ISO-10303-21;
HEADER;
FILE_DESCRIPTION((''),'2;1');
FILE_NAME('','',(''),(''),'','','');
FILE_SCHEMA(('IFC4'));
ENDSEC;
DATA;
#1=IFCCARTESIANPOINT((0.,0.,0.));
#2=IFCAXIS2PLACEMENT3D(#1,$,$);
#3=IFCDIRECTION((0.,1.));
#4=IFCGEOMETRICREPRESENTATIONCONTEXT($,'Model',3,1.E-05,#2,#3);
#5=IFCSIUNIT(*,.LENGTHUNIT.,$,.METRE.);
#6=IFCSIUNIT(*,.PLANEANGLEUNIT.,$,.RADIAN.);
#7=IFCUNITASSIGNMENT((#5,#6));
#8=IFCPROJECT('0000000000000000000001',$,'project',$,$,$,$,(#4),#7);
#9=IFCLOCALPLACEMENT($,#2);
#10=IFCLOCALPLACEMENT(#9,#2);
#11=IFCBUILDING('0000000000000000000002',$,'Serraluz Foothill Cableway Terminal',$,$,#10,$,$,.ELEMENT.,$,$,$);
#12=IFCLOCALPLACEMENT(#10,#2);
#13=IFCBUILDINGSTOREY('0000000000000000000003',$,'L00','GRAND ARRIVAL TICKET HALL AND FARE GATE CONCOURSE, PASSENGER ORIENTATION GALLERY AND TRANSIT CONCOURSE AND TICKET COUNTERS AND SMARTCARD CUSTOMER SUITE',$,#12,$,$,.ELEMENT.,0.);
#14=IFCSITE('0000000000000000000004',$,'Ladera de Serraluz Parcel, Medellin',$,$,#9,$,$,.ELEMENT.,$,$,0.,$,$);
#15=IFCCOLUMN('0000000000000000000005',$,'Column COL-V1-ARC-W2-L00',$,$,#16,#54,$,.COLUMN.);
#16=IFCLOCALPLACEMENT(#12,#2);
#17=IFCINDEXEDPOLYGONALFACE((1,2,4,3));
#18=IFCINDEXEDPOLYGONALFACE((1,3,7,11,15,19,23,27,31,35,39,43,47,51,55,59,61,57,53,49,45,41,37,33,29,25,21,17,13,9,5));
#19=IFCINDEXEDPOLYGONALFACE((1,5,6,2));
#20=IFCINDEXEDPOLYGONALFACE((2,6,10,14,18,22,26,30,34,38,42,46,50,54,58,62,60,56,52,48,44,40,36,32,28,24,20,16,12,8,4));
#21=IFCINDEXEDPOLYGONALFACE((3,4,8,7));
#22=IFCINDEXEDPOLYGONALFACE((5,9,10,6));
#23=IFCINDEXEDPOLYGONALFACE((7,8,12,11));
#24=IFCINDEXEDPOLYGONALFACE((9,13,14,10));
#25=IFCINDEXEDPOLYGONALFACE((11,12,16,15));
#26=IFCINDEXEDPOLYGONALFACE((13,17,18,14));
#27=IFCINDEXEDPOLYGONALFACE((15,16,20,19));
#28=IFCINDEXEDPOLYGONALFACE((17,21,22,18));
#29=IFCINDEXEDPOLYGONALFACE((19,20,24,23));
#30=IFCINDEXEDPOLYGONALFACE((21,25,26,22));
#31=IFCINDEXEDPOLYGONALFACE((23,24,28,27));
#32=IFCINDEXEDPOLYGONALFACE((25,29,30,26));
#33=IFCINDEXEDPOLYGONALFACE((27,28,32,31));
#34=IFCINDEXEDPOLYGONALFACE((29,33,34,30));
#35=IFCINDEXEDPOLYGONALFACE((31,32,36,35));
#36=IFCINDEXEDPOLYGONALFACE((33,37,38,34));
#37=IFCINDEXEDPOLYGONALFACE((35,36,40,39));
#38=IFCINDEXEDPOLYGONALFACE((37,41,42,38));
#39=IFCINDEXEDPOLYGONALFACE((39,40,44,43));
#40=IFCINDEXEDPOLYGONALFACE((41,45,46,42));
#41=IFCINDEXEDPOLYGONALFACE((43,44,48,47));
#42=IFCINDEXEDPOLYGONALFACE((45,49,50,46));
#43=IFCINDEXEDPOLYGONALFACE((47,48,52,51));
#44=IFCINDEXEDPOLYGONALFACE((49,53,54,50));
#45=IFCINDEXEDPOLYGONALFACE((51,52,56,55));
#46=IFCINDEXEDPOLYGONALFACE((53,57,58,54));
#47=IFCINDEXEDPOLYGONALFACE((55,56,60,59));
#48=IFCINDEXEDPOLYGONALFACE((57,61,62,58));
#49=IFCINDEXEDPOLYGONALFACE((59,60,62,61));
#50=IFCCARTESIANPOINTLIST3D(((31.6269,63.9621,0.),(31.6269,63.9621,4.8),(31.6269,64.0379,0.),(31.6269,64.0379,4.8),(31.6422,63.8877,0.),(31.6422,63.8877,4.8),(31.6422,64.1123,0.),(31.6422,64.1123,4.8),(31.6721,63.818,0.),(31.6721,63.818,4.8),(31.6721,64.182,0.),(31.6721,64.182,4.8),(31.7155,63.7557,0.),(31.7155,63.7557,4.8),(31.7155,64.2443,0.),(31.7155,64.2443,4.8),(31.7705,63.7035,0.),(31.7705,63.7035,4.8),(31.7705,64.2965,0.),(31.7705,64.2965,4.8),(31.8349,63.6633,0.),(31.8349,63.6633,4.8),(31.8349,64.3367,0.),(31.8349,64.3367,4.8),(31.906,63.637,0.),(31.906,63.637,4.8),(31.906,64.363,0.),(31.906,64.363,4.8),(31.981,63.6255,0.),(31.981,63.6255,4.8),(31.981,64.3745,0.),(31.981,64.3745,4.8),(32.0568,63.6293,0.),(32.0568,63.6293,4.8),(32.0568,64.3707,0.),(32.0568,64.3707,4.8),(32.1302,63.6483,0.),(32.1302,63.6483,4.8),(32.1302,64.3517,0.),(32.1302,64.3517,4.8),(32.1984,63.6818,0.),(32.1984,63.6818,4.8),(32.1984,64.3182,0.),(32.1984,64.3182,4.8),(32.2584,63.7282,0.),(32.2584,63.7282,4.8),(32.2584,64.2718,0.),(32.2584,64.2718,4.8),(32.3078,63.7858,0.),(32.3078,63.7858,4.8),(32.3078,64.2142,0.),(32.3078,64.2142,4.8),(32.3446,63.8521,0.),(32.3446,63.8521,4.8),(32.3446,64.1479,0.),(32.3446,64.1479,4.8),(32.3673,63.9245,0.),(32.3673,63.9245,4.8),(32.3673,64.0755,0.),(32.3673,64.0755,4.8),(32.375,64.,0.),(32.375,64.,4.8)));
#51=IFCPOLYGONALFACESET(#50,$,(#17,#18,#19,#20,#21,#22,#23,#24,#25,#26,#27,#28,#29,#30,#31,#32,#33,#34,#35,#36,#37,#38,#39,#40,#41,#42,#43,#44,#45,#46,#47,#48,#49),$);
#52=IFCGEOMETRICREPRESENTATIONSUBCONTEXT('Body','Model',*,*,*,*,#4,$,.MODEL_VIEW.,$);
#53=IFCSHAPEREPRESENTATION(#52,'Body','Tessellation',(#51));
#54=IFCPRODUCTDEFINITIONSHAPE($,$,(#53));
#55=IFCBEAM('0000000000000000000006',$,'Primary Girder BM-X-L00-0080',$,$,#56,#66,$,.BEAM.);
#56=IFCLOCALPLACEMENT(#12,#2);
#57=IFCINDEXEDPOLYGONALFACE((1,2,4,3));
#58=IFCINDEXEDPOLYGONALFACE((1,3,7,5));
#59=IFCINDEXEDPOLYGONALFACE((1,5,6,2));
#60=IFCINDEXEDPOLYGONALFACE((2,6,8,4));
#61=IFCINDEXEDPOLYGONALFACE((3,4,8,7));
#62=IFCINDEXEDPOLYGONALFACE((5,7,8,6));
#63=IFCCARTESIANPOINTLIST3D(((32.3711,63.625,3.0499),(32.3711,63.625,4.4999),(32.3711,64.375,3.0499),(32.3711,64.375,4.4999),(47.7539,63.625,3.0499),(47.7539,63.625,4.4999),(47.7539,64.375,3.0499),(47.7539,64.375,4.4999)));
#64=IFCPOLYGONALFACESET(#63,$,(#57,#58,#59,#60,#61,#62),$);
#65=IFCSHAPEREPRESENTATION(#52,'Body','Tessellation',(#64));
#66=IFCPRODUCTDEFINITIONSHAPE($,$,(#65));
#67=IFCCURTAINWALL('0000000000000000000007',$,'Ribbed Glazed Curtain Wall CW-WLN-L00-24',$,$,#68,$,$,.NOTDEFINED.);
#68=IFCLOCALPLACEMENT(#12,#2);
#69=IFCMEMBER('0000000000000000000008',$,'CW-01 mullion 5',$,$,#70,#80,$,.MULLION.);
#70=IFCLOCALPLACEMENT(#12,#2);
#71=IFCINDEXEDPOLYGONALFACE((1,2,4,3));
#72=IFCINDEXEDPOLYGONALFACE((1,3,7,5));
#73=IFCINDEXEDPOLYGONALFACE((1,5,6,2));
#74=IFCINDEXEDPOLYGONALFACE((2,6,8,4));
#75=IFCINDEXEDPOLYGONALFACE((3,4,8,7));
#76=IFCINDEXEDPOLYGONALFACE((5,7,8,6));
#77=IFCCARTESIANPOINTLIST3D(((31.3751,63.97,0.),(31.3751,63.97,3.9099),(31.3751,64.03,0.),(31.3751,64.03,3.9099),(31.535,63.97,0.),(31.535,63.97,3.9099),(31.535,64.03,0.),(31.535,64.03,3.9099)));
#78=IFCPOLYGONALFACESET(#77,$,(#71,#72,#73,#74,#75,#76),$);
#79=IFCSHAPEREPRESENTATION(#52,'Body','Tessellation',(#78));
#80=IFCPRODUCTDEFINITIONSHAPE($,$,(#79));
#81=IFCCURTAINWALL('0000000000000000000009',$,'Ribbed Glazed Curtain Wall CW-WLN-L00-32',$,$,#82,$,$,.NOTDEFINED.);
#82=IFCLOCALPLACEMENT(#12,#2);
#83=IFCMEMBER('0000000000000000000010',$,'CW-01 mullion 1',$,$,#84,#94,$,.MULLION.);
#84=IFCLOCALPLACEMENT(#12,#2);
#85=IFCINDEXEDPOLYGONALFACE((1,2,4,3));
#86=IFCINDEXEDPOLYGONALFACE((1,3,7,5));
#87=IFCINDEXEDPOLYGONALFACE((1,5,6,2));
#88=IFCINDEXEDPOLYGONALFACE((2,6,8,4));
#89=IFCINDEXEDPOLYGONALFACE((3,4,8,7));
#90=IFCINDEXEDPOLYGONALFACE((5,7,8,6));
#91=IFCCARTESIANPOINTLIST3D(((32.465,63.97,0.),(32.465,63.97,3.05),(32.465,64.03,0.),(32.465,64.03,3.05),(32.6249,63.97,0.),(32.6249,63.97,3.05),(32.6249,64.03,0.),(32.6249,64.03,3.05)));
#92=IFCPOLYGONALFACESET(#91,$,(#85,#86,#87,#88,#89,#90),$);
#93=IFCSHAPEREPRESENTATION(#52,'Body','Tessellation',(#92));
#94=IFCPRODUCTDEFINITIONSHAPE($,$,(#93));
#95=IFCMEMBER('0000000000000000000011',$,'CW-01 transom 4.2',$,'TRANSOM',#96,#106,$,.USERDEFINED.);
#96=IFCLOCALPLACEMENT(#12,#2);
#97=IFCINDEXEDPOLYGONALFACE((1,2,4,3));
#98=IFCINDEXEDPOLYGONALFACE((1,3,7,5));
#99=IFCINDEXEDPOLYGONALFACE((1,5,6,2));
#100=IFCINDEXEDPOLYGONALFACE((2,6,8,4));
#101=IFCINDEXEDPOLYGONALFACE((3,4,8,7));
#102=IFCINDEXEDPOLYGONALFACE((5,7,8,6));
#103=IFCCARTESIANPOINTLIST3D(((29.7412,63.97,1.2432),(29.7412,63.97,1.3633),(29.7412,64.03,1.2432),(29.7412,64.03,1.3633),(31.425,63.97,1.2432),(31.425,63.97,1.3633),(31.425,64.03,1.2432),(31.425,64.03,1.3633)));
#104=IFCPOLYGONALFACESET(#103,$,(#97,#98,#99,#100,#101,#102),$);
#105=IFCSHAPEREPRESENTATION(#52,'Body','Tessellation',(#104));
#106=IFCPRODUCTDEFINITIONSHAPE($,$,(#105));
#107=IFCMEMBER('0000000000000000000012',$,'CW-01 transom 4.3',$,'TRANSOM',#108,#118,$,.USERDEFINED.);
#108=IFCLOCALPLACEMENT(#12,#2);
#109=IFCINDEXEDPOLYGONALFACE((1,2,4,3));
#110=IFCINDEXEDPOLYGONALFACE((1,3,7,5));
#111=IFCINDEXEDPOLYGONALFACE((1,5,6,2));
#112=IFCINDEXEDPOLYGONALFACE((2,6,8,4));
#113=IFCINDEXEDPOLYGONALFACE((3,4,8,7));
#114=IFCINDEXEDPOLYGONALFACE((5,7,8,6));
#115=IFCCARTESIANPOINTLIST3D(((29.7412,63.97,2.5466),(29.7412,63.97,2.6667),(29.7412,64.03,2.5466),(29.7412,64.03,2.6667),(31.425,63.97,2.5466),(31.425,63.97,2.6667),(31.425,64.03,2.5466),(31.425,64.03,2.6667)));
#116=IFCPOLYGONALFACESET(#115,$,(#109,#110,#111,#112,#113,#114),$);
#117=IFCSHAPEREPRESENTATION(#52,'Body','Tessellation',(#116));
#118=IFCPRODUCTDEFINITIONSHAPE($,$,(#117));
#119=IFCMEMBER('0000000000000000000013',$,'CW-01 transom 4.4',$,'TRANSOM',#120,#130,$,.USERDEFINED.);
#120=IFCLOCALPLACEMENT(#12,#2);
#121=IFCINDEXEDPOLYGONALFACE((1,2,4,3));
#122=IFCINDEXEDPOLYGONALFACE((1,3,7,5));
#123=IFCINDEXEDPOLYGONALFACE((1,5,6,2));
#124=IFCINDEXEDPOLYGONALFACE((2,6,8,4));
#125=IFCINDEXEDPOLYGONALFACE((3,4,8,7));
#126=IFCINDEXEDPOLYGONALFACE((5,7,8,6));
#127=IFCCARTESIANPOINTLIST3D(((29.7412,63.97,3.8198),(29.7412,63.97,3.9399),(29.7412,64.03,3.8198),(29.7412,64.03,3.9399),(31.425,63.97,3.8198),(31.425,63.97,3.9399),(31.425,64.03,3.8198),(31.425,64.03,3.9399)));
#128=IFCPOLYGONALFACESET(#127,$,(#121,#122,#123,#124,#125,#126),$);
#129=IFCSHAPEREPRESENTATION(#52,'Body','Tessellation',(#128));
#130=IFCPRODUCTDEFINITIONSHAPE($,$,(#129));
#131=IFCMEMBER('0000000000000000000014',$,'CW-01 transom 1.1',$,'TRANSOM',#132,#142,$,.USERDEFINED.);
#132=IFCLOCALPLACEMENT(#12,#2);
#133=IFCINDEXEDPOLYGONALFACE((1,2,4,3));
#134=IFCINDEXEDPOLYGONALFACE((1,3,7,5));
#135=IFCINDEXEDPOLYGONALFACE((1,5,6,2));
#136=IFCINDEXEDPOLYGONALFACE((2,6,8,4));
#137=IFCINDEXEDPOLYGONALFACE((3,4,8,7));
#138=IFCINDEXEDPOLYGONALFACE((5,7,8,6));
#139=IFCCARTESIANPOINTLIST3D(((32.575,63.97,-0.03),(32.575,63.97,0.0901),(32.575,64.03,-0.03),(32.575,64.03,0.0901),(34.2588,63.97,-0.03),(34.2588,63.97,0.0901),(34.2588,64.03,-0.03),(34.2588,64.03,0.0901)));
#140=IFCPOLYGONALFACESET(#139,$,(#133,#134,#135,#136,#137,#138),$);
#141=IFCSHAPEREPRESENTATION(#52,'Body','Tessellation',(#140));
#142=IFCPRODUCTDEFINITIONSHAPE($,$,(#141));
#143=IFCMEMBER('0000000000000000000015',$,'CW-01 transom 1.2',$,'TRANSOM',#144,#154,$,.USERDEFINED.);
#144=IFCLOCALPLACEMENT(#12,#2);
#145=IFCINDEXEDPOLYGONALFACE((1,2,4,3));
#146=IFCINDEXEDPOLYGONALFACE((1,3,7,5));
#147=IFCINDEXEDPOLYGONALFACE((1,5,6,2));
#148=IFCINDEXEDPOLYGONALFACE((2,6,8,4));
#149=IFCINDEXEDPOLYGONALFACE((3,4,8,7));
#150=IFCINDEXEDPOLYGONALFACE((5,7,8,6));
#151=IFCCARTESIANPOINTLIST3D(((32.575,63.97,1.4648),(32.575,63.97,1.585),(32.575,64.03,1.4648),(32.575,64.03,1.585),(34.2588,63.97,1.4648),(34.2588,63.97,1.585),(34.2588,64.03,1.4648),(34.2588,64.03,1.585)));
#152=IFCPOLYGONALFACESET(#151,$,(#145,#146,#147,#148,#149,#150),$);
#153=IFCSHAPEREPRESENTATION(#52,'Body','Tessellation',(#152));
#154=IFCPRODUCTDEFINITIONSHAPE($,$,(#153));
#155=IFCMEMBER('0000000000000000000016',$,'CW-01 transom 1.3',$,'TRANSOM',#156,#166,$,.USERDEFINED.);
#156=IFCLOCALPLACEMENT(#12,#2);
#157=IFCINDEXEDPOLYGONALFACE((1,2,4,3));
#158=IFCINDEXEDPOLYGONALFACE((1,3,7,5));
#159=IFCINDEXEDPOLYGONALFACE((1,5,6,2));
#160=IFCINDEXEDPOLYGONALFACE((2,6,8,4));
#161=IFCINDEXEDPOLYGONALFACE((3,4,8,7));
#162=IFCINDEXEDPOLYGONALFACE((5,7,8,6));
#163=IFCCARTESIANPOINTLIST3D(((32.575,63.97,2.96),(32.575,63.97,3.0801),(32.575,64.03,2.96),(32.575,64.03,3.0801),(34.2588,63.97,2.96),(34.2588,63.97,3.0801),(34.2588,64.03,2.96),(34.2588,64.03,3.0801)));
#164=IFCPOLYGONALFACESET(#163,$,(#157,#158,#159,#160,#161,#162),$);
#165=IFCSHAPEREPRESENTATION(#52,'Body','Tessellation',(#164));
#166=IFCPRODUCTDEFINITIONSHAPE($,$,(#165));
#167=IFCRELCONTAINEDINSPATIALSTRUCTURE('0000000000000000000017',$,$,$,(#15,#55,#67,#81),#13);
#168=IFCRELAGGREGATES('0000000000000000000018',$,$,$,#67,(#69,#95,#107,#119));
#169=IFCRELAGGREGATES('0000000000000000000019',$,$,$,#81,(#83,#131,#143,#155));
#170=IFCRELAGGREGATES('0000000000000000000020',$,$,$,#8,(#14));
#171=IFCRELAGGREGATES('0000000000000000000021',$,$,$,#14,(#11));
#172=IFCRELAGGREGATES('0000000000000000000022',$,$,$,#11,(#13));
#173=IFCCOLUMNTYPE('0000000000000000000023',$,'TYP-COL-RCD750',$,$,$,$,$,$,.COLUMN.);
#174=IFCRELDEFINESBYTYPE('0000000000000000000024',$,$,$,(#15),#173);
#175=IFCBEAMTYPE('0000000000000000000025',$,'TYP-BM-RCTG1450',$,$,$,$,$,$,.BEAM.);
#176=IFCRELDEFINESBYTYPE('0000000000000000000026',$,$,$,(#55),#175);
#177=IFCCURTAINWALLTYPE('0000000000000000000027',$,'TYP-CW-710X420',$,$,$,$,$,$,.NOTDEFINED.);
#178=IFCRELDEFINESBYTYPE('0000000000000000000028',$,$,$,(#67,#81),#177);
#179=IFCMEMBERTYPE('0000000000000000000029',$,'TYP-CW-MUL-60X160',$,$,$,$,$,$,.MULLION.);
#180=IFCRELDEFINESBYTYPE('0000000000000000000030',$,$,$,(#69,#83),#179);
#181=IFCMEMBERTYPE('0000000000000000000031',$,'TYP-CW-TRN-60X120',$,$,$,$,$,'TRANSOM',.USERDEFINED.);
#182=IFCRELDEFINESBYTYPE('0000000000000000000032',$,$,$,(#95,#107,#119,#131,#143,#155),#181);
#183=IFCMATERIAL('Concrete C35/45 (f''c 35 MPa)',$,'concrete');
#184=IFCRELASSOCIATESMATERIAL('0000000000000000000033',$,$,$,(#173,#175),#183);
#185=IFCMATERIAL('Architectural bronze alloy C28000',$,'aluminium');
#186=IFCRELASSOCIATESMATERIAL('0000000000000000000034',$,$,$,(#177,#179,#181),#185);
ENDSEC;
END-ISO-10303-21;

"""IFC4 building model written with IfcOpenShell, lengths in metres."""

from ifc_helpers import new_model, si_unit, direction, frame, origin, origin_2d, place, context, subcontext, project, spatial, rectangle, circle, extrude, material, material_profile, profile_set, type_object, element, aggregate, save


model = new_model("IFC4")

# Units and contexts
model_context = context("Model", 3, precision=1e-05, world=origin(), true_north=direction((0.0, 1.0)))
body_context = subcontext(model_context, "Body", "Model", "MODEL_VIEW")
ifc_project = project(units=[si_unit("LENGTHUNIT", "METRE"), si_unit("PLANEANGLEUNIT", "RADIAN")], contexts=[model_context])

# Site, building, storey
site_placement = place(None, origin())
site = spatial("IfcSite", under=ifc_project, at=site_placement, Name="Ladera de Serraluz Parcel, Medellin", CompositionType="ELEMENT", RefElevation=0.0)
building_placement = place(site_placement, origin())
building = spatial("IfcBuilding", under=site, at=building_placement, Name="Serraluz Foothill Cableway Terminal", CompositionType="ELEMENT")
storey_placement = place(building_placement, origin())
storey = spatial("IfcBuildingStorey", under=building, at=storey_placement, Name="L00", Description="GRAND ARRIVAL TICKET HALL AND FARE GATE CONCOURSE, PASSENGER ORIENTATION GALLERY AND TRANSIT CONCOURSE AND TICKET COUNTERS AND SMARTCARD CUSTOMER SUITE", CompositionType="ELEMENT", Elevation=0.0)

# Shared definitions
ifc_material_1 = material(Name="Concrete C35/45 (f'c 35 MPa)", Category="concrete")

# Column
ifc_material_profile_1 = material_profile(ifc_material_1, circle(Radius=0.375, at=origin_2d()), Name="RC D750")
ifc_profile_set_1 = profile_set([ifc_material_profile_1], Name="Concrete C35/45 (f'c 35 MPa)")
column_type = type_object("IfcColumnType", Name="TYP-COL-RCD750", PredefinedType="COLUMN", material=ifc_profile_set_1)
column_placement = place(storey_placement, frame((32.0, 64.0, 0.0), z_axis=(0.0, 0.0, 1.0), x_axis=(1.0, 0.0, 0.0)))
element("IfcColumn", 1, at=column_placement, inside=storey, type_object=column_type, Name="Column COL-V1-ARC-W2-L00", PredefinedType="COLUMN", context=body_context, shape_type="SweptSolid", body=[
    extrude(circle(Radius=0.375, at=origin_2d()), origin(), (0.0, 0.0, 1.0), 4.8),
])

# Beam
ifc_material_profile_2 = material_profile(ifc_material_1, rectangle(XDim=0.75, YDim=1.45, at=origin_2d()), Name="RC TG 750x1450")
ifc_profile_set_2 = profile_set([ifc_material_profile_2], Name="Concrete C35/45 (f'c 35 MPa)")
beam_type_1 = type_object("IfcBeamType", Name="TYP-BM-RCTG1450", PredefinedType="BEAM", material=ifc_profile_set_2)
beam_1_placement = place(storey_placement, frame((32.3711, 64.0, 3.7749), z_axis=(1.0, 0.0, 0.0), x_axis=(0.0, 1.0, 0.0)))
element("IfcBeam", 2, at=beam_1_placement, inside=storey, type_object=beam_type_1, Name="Primary Girder BM-X-L00-0080", PredefinedType="BEAM", context=body_context, shape_type="SweptSolid", body=[
    extrude(rectangle(XDim=0.75, YDim=1.45, at=origin_2d()), origin(), (0.0, 0.0, 1.0), 15.3828),
])

# Curtain walls, members
ifc_material_2 = material(Name="Architectural bronze alloy C28000", Category="aluminium")
curtain_wall_type = type_object("IfcCurtainWallType", Name="TYP-CW-710X420", PredefinedType="NOTDEFINED", material=ifc_material_2)
curtain_wall_1_placement = place(storey_placement, origin())
curtain_wall_1 = element("IfcCurtainWall", 3, at=curtain_wall_1_placement, inside=storey, type_object=curtain_wall_type, Name="Ribbed Glazed Curtain Wall CW-WLN-L00-24", PredefinedType="NOTDEFINED")
ifc_material_profile_3 = material_profile(ifc_material_2, rectangle(XDim=0.0601, YDim=0.1599, at=origin_2d()), Name="ALU MULLION 60x160")
ifc_profile_set_3 = profile_set([ifc_material_profile_3], Name="Architectural bronze alloy C28000")
member_type_1 = type_object("IfcMemberType", Name="TYP-CW-MUL-60X160", PredefinedType="MULLION", material=ifc_profile_set_3)
member_1_placement = place(storey_placement, frame((31.4551, 64.0, 0.0), z_axis=(0.0, 0.0, 1.0), x_axis=(0.0, 1.0, 0.0)))
member_1 = element("IfcMember", 4, at=member_1_placement, type_object=member_type_1, Name="CW-01 mullion 5", PredefinedType="MULLION", context=body_context, shape_type="SweptSolid", body=[
    extrude(rectangle(XDim=0.0601, YDim=0.1599, at=origin_2d()), origin(), (0.0, 0.0, 1.0), 3.9099),
])
curtain_wall_2_placement = place(storey_placement, origin())
curtain_wall_2 = element("IfcCurtainWall", 5, at=curtain_wall_2_placement, inside=storey, type_object=curtain_wall_type, Name="Ribbed Glazed Curtain Wall CW-WLN-L00-32", PredefinedType="NOTDEFINED")
member_2_placement = place(storey_placement, frame((32.5449, 64.0, 0.0), z_axis=(0.0, 0.0, 1.0), x_axis=(0.0, 1.0, 0.0)))
member_2 = element("IfcMember", 6, at=member_2_placement, type_object=member_type_1, Name="CW-01 mullion 1", PredefinedType="MULLION", context=body_context, shape_type="SweptSolid", body=[
    extrude(rectangle(XDim=0.0601, YDim=0.1599, at=origin_2d()), origin(), (0.0, 0.0, 1.0), 3.05),
])

# Members
ifc_material_profile_4 = material_profile(ifc_material_2, rectangle(XDim=0.0601, YDim=0.1201, at=origin_2d()), Name="ALU TRANSOM 60x120")
ifc_profile_set_4 = profile_set([ifc_material_profile_4], Name="Architectural bronze alloy C28000")
member_type_2 = type_object("IfcMemberType", Name="TYP-CW-TRN-60X120", ElementType="TRANSOM", PredefinedType="USERDEFINED", material=ifc_profile_set_4)
member_3_placement = place(storey_placement, frame((29.7412, 64.0, 1.3032), z_axis=(1.0, 0.0, 0.0), x_axis=(0.0, 1.0, 0.0)))
member_3 = element("IfcMember", 7, at=member_3_placement, type_object=member_type_2, Name="CW-01 transom 4.2", ObjectType="TRANSOM", PredefinedType="USERDEFINED", context=body_context, shape_type="SweptSolid", body=[
    extrude(rectangle(XDim=0.0601, YDim=0.1201, at=origin_2d()), origin(), (0.0, 0.0, 1.0), 1.6838),
])
member_4_placement = place(storey_placement, frame((29.7412, 64.0, 2.6067), z_axis=(1.0, 0.0, 0.0), x_axis=(0.0, 1.0, 0.0)))
member_4 = element("IfcMember", 8, at=member_4_placement, type_object=member_type_2, Name="CW-01 transom 4.3", ObjectType="TRANSOM", PredefinedType="USERDEFINED", context=body_context, shape_type="SweptSolid", body=[
    extrude(rectangle(XDim=0.0601, YDim=0.1201, at=origin_2d()), origin(), (0.0, 0.0, 1.0), 1.6838),
])
member_5_placement = place(storey_placement, frame((29.7412, 64.0, 3.8799), z_axis=(1.0, 0.0, 0.0), x_axis=(0.0, 1.0, 0.0)))
member_5 = element("IfcMember", 9, at=member_5_placement, type_object=member_type_2, Name="CW-01 transom 4.4", ObjectType="TRANSOM", PredefinedType="USERDEFINED", context=body_context, shape_type="SweptSolid", body=[
    extrude(rectangle(XDim=0.0601, YDim=0.1201, at=origin_2d()), origin(), (0.0, 0.0, 1.0), 1.6838),
])
member_6_placement = place(storey_placement, frame((32.575, 64.0, 0.03), z_axis=(1.0, 0.0, 0.0), x_axis=(0.0, 1.0, 0.0)))
member_6 = element("IfcMember", 10, at=member_6_placement, type_object=member_type_2, Name="CW-01 transom 1.1", ObjectType="TRANSOM", PredefinedType="USERDEFINED", context=body_context, shape_type="SweptSolid", body=[
    extrude(rectangle(XDim=0.0601, YDim=0.1201, at=origin_2d()), origin(), (0.0, 0.0, 1.0), 1.6838),
])
member_7_placement = place(storey_placement, frame((32.575, 64.0, 1.5249), z_axis=(1.0, 0.0, 0.0), x_axis=(0.0, 1.0, 0.0)))
member_7 = element("IfcMember", 11, at=member_7_placement, type_object=member_type_2, Name="CW-01 transom 1.2", ObjectType="TRANSOM", PredefinedType="USERDEFINED", context=body_context, shape_type="SweptSolid", body=[
    extrude(rectangle(XDim=0.0601, YDim=0.1201, at=origin_2d()), origin(), (0.0, 0.0, 1.0), 1.6838),
])
member_8_placement = place(storey_placement, frame((32.575, 64.0, 3.02), z_axis=(1.0, 0.0, 0.0), x_axis=(0.0, 1.0, 0.0)))
member_8 = element("IfcMember", 12, at=member_8_placement, type_object=member_type_2, Name="CW-01 transom 1.3", ObjectType="TRANSOM", PredefinedType="USERDEFINED", context=body_context, shape_type="SweptSolid", body=[
    extrude(rectangle(XDim=0.0601, YDim=0.1201, at=origin_2d()), origin(), (0.0, 0.0, 1.0), 1.6838),
])

aggregate(curtain_wall_1, [member_1, member_3, member_4, member_5])
aggregate(curtain_wall_2, [member_2, member_6, member_7, member_8])

save(model, "model.ifc")
